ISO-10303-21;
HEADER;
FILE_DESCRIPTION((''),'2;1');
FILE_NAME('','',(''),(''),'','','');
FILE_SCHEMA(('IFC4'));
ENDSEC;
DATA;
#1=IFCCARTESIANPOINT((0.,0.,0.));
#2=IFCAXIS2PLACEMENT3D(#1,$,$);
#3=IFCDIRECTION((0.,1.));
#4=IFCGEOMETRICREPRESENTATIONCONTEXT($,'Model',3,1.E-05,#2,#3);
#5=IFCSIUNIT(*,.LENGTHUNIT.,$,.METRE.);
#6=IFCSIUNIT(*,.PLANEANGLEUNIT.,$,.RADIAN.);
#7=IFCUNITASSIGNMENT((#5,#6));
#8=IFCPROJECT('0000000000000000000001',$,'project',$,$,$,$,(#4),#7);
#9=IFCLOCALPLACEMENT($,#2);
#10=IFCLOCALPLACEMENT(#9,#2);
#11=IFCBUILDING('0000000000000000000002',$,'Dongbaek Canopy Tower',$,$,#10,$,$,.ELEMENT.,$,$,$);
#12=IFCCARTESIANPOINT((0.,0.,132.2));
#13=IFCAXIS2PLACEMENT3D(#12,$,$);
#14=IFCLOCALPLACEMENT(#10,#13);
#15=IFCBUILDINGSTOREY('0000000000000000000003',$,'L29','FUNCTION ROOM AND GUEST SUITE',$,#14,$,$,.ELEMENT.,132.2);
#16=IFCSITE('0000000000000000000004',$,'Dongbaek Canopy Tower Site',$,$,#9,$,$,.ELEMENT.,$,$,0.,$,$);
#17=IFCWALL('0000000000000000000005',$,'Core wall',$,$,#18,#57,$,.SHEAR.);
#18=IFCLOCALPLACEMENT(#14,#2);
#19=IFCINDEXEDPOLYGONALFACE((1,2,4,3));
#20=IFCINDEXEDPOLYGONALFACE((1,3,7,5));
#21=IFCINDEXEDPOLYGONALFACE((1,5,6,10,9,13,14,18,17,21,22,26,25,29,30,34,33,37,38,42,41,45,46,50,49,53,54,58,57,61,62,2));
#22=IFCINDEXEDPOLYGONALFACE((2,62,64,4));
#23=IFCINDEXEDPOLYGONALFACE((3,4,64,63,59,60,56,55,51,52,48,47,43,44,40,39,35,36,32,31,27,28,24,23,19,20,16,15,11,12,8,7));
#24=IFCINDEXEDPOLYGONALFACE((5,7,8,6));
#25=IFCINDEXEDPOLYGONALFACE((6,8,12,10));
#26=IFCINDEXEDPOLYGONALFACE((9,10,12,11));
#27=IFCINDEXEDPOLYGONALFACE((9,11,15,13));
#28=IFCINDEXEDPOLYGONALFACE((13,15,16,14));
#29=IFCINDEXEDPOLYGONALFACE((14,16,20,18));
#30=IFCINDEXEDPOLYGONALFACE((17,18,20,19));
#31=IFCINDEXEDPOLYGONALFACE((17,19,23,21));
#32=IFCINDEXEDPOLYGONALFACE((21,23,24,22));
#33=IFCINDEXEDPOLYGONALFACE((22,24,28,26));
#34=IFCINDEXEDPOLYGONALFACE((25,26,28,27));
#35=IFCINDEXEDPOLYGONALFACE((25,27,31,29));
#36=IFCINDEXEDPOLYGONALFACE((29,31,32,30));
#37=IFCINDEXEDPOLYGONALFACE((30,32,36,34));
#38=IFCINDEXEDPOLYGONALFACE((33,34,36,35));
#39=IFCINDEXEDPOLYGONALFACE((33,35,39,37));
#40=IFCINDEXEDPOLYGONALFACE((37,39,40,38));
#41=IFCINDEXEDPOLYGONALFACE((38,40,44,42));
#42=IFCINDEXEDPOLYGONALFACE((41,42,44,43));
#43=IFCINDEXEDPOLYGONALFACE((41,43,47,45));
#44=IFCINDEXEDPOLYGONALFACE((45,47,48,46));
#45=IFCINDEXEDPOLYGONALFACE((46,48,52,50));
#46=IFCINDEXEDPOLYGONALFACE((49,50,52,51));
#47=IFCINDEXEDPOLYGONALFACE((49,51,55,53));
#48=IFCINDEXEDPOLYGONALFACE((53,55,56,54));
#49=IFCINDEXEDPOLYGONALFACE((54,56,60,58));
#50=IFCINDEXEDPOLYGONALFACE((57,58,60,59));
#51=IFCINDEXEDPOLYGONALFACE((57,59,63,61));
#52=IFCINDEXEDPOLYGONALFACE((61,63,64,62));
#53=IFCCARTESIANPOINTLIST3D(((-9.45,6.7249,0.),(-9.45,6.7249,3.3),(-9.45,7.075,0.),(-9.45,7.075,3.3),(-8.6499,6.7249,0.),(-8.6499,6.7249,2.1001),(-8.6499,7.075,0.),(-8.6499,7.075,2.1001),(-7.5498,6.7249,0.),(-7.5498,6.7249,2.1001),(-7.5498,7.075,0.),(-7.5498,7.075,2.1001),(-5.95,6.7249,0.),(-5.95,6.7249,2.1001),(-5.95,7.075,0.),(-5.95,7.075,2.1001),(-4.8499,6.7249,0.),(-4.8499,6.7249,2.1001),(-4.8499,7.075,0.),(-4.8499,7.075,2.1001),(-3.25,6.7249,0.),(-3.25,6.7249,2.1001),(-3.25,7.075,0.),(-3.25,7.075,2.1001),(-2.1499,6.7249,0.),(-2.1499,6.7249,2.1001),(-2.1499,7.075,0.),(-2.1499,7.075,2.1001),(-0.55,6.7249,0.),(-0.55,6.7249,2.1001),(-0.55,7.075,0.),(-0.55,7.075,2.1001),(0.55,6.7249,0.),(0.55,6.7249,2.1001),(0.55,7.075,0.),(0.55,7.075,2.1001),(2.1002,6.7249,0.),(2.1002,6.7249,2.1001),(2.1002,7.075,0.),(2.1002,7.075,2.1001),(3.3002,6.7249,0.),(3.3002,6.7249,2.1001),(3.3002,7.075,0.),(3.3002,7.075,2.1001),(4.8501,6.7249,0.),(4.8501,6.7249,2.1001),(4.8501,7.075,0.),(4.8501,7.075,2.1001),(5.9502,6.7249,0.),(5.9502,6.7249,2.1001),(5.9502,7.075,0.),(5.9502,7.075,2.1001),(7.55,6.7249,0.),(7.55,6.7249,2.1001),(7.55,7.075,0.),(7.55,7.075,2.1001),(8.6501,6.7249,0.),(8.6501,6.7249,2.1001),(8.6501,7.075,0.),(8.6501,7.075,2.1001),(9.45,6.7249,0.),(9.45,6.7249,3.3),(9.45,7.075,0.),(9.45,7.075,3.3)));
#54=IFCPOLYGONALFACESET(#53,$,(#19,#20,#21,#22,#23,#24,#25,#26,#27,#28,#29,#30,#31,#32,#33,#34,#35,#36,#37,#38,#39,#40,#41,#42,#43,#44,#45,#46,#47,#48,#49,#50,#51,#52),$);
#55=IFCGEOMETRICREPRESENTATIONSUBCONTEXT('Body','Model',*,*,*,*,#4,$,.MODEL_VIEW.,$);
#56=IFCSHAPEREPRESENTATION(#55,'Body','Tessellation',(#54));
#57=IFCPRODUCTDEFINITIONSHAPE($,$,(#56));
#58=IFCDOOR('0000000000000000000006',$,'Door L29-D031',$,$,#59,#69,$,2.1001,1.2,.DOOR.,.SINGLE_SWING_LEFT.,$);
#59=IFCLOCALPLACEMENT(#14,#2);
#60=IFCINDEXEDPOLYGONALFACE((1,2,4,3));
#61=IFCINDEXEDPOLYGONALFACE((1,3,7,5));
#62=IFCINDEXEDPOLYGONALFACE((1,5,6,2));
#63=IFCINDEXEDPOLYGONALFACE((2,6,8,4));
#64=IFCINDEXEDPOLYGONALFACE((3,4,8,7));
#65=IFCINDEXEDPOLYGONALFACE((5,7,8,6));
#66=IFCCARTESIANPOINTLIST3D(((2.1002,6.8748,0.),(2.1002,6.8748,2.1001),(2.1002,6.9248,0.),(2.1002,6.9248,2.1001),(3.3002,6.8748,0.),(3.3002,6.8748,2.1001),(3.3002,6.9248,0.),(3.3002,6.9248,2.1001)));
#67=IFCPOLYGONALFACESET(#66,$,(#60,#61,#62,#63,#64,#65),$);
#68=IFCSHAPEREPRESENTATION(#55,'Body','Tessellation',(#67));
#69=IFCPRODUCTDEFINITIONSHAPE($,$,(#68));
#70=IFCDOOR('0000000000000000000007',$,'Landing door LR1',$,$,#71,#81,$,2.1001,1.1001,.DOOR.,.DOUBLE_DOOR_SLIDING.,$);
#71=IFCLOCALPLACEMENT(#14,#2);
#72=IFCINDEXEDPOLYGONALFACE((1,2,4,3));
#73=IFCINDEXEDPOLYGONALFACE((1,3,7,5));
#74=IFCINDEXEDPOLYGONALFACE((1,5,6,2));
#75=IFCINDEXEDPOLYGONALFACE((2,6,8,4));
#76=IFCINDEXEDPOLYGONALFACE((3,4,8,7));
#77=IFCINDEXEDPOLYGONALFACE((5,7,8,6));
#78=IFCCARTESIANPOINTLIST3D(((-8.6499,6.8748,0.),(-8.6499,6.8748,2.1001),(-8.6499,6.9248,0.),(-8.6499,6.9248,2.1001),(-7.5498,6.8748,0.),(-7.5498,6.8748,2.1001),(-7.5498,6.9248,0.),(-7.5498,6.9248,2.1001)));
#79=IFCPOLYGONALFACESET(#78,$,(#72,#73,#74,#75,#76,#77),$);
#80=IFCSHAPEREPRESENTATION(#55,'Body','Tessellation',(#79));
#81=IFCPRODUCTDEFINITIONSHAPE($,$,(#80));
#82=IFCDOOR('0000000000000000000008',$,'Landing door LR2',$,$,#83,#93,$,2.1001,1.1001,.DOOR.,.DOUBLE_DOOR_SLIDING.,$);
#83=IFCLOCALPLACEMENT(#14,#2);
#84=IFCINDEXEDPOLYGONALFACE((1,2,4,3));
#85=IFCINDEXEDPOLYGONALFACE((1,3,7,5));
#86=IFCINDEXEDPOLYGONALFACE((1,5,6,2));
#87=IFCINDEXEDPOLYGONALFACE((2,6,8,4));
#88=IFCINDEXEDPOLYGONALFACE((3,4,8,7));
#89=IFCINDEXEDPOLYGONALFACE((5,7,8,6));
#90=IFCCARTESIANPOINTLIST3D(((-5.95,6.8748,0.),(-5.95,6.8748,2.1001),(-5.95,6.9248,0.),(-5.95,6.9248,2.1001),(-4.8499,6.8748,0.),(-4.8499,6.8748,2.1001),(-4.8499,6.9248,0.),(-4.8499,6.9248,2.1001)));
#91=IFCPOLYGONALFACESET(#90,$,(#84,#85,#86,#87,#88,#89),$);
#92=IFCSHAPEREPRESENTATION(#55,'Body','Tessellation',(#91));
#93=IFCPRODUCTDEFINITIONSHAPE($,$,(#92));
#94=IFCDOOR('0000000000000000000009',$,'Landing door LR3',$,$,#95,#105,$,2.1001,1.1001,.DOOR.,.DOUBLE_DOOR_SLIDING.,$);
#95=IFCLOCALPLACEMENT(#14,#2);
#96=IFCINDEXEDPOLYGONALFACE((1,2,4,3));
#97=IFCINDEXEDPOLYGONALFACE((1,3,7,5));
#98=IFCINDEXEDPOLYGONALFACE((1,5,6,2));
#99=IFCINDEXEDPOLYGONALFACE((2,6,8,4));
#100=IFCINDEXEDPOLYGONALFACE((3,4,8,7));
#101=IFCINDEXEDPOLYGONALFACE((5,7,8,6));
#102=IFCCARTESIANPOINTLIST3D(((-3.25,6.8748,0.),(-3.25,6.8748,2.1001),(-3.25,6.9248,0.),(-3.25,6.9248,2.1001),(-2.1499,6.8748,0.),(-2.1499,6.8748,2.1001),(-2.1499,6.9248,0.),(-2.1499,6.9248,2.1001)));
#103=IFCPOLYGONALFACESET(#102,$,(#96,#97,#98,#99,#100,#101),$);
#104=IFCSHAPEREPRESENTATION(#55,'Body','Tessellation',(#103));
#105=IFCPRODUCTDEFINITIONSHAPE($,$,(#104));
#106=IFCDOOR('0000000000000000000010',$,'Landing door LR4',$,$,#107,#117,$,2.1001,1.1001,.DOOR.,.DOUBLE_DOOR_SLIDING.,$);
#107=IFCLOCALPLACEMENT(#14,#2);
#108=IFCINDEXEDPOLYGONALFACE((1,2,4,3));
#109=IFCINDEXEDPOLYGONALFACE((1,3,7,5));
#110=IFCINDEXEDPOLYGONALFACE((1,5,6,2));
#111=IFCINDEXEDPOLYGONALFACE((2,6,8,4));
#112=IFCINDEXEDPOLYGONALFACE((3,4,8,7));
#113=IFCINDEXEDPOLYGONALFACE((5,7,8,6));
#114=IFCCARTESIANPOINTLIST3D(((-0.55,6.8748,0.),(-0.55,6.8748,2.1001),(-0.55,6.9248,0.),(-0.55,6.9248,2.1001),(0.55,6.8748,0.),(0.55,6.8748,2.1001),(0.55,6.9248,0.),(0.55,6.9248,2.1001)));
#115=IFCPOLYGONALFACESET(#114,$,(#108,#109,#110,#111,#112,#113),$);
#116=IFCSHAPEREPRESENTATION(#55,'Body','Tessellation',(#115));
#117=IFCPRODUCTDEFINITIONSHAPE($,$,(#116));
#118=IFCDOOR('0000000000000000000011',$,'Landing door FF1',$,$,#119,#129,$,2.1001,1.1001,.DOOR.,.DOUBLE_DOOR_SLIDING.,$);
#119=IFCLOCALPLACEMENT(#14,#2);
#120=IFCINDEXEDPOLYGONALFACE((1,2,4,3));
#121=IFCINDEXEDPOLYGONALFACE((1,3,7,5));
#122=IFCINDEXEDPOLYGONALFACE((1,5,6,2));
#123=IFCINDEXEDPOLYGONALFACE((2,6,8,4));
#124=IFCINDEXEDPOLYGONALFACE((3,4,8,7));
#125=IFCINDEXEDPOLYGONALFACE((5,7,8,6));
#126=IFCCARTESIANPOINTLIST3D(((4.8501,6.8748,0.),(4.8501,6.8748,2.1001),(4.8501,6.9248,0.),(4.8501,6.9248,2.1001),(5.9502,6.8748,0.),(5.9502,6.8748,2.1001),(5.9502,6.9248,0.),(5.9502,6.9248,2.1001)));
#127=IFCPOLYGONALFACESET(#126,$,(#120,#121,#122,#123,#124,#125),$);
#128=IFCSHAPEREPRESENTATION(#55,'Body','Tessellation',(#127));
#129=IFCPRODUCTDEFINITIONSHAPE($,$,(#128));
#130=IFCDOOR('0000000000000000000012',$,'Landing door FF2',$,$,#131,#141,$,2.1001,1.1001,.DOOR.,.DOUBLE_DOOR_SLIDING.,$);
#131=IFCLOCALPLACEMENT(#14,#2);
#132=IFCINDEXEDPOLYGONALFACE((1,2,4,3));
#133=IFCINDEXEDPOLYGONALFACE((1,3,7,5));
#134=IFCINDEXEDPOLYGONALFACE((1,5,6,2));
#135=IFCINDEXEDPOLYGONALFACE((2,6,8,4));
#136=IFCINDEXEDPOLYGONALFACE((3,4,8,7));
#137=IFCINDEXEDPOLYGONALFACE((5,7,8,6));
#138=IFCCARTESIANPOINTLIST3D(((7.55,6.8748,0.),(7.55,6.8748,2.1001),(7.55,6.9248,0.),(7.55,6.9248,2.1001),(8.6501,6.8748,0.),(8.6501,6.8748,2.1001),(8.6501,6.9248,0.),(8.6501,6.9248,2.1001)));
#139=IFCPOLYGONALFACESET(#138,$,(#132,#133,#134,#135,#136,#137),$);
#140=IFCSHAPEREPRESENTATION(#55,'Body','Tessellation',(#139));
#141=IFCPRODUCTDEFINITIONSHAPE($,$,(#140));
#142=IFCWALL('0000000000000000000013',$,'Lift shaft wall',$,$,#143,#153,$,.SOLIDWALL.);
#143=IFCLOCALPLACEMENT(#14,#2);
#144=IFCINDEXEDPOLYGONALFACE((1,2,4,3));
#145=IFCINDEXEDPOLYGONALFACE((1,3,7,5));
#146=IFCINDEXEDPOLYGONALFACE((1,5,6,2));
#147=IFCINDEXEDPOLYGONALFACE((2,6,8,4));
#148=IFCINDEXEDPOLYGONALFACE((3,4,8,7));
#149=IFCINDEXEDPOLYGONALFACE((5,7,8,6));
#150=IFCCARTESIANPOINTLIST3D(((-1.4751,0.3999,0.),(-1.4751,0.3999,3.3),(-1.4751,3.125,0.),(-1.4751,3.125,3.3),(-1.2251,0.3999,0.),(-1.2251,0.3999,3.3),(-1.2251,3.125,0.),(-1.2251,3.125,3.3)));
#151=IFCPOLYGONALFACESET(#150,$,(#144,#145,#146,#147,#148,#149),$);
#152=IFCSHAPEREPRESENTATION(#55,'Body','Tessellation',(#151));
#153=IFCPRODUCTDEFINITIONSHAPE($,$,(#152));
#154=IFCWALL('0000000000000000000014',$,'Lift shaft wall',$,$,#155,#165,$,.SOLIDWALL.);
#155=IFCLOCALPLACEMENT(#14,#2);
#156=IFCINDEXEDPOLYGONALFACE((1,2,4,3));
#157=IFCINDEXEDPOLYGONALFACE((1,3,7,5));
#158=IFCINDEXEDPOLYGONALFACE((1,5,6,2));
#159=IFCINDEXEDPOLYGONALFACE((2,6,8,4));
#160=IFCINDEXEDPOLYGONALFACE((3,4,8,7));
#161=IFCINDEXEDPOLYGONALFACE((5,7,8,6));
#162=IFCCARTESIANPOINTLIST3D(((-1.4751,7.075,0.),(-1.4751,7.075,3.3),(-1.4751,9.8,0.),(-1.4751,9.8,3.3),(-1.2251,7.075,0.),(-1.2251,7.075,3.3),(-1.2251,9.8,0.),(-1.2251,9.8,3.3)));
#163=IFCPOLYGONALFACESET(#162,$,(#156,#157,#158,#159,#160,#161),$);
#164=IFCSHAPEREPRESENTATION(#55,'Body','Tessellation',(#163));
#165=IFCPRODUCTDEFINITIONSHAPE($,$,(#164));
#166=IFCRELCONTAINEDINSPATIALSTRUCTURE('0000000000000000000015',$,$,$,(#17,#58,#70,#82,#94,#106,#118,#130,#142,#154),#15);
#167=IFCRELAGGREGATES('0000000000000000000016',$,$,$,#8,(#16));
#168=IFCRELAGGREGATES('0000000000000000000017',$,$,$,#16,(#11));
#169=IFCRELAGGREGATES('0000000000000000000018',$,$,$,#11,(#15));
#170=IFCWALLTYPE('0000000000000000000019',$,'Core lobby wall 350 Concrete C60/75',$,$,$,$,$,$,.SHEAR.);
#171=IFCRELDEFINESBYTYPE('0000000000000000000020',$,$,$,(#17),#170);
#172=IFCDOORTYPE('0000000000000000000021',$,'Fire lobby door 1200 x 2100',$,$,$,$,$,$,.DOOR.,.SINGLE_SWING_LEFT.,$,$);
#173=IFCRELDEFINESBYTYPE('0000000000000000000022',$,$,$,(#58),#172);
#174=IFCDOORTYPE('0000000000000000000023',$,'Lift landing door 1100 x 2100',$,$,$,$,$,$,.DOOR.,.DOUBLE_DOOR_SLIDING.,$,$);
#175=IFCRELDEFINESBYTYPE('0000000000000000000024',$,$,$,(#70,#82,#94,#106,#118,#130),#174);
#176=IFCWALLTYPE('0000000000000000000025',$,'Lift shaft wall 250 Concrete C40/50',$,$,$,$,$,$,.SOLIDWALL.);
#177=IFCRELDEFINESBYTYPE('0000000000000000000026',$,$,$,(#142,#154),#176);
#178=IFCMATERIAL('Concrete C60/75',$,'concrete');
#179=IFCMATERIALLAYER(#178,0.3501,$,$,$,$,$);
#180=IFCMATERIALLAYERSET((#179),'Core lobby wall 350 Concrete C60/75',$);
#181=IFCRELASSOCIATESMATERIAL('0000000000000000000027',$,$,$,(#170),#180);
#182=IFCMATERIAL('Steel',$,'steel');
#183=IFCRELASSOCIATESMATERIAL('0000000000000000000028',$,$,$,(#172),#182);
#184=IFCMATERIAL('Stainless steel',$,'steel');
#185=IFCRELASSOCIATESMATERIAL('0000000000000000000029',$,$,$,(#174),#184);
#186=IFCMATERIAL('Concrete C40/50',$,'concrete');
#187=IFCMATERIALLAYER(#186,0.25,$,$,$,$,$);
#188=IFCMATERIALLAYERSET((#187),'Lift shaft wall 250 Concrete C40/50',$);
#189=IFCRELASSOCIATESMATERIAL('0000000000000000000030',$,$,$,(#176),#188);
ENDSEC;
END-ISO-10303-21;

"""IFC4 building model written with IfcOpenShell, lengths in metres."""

from ifc_helpers import new_model, si_unit, direction, frame, frame_2d, origin, place, context, subcontext, project, spatial, rectangle, extrude, material, layer, layer_set, type_object, element, fill, save


model = new_model("IFC4")

# Units and contexts
model_context = context("Model", 3, precision=1e-05, world=origin(), true_north=direction((0.0, 1.0)))
body_context = subcontext(model_context, "Body", "Model", "MODEL_VIEW")
ifc_project = project(units=[si_unit("LENGTHUNIT", "METRE"), si_unit("PLANEANGLEUNIT", "RADIAN")], contexts=[model_context])

# Site, building, storey
site_placement = place(None, origin())
site = spatial("IfcSite", under=ifc_project, at=site_placement, Name="Dongbaek Canopy Tower Site", CompositionType="ELEMENT", RefElevation=0.0)
building_placement = place(site_placement, origin())
building = spatial("IfcBuilding", under=site, at=building_placement, Name="Dongbaek Canopy Tower", CompositionType="ELEMENT")
storey_placement = place(building_placement, frame((0.0, 0.0, 132.2)))
storey = spatial("IfcBuildingStorey", under=building, at=storey_placement, Name="L29", Description="FUNCTION ROOM AND GUEST SUITE", CompositionType="ELEMENT", Elevation=132.2)

# Wall, openings, doors
ifc_material_1 = material(Name="Concrete C60/75", Category="concrete")
ifc_layer_1 = layer(ifc_material_1, 0.3501)
ifc_layer_set_1 = layer_set([ifc_layer_1], Name="Core lobby wall 350 Concrete C60/75")
wall_type_1 = type_object("IfcWallType", Name="Core lobby wall 350 Concrete C60/75", PredefinedType="SHEAR", material=ifc_layer_set_1)
wall_1_placement = place(storey_placement, frame((-9.45, 6.8999, 0.0), z_axis=(0.0, 0.0, 1.0), x_axis=(1.0, 0.0, 0.0)))
wall_1 = element("IfcWall", 1, at=wall_1_placement, inside=storey, type_object=wall_type_1, Name="Core wall", PredefinedType="SHEAR", context=body_context, shape_type="SweptSolid", body=[
    extrude(rectangle(XDim=18.8999, YDim=0.3501, at=frame_2d((9.45, 0.0))), origin(), (0.0, 0.0, 1.0), 3.3),
])
opening_1_placement = place(wall_1_placement, frame((0.8, 0.0, 0.0)))
opening_1 = element("IfcOpeningElement", 2, at=opening_1_placement, cuts=wall_1, PredefinedType="OPENING", context=body_context, shape_type="SweptSolid", body=[
    extrude(rectangle(XDim=1.1001, YDim=2.1001, at=frame_2d((0.55, 1.05))), frame((0.0, 0.1851, 0.0), z_axis=(0.0, -1.0, 0.0), x_axis=(1.0, 0.0, 0.0)), (0.0, 0.0, 1.0), 0.3701),
])
opening_2_placement = place(wall_1_placement, frame((3.5, 0.0, 0.0)))
opening_2 = element("IfcOpeningElement", 3, at=opening_2_placement, cuts=wall_1, PredefinedType="OPENING", context=body_context, shape_type="SweptSolid", body=[
    extrude(rectangle(XDim=1.1001, YDim=2.1001, at=frame_2d((0.55, 1.05))), frame((0.0, 0.1851, 0.0), z_axis=(0.0, -1.0, 0.0), x_axis=(1.0, 0.0, 0.0)), (0.0, 0.0, 1.0), 0.3701),
])
opening_3_placement = place(wall_1_placement, frame((6.2, 0.0, 0.0)))
opening_3 = element("IfcOpeningElement", 4, at=opening_3_placement, cuts=wall_1, PredefinedType="OPENING", context=body_context, shape_type="SweptSolid", body=[
    extrude(rectangle(XDim=1.1001, YDim=2.1001, at=frame_2d((0.55, 1.05))), frame((0.0, 0.1851, 0.0), z_axis=(0.0, -1.0, 0.0), x_axis=(1.0, 0.0, 0.0)), (0.0, 0.0, 1.0), 0.3701),
])
opening_4_placement = place(wall_1_placement, frame((8.8999, 0.0, 0.0)))
opening_4 = element("IfcOpeningElement", 5, at=opening_4_placement, cuts=wall_1, PredefinedType="OPENING", context=body_context, shape_type="SweptSolid", body=[
    extrude(rectangle(XDim=1.1001, YDim=2.1001, at=frame_2d((0.55, 1.05))), frame((0.0, 0.1851, 0.0), z_axis=(0.0, -1.0, 0.0), x_axis=(1.0, 0.0, 0.0)), (0.0, 0.0, 1.0), 0.3701),
])
opening_5_placement = place(wall_1_placement, frame((11.55, 0.0, 0.0)))
opening_5 = element("IfcOpeningElement", 6, at=opening_5_placement, cuts=wall_1, PredefinedType="OPENING", context=body_context, shape_type="SweptSolid", body=[
    extrude(rectangle(XDim=1.2, YDim=2.1001, at=frame_2d((0.6001, 1.05))), frame((0.0, 0.1851, 0.0), z_axis=(0.0, -1.0, 0.0), x_axis=(1.0, 0.0, 0.0)), (0.0, 0.0, 1.0), 0.3701),
])
opening_6_placement = place(wall_1_placement, frame((14.3, 0.0, 0.0)))
opening_6 = element("IfcOpeningElement", 7, at=opening_6_placement, cuts=wall_1, PredefinedType="OPENING", context=body_context, shape_type="SweptSolid", body=[
    extrude(rectangle(XDim=1.1001, YDim=2.1001, at=frame_2d((0.55, 1.05))), frame((0.0, 0.1851, 0.0), z_axis=(0.0, -1.0, 0.0), x_axis=(1.0, 0.0, 0.0)), (0.0, 0.0, 1.0), 0.3701),
])
opening_7_placement = place(wall_1_placement, frame((17.0, 0.0, 0.0)))
opening_7 = element("IfcOpeningElement", 8, at=opening_7_placement, cuts=wall_1, PredefinedType="OPENING", context=body_context, shape_type="SweptSolid", body=[
    extrude(rectangle(XDim=1.1001, YDim=2.1001, at=frame_2d((0.55, 1.05))), frame((0.0, 0.1851, 0.0), z_axis=(0.0, -1.0, 0.0), x_axis=(1.0, 0.0, 0.0)), (0.0, 0.0, 1.0), 0.3701),
])
ifc_material_2 = material(Name="Steel", Category="steel")
door_type_1 = type_object("IfcDoorType", Name="Fire lobby door 1200 x 2100", OperationType="SINGLE_SWING_LEFT", PredefinedType="DOOR", material=ifc_material_2)
door_1_placement = place(opening_5_placement, origin())
door_1 = element("IfcDoor", 9, at=door_1_placement, inside=storey, type_object=door_type_1, Name="Door L29-D031", OperationType="SINGLE_SWING_LEFT", OverallHeight=2.1001, OverallWidth=1.2, PredefinedType="DOOR", context=body_context, shape_type="SweptSolid", body=[
    extrude(rectangle(XDim=1.2, YDim=2.1001, at=frame_2d((0.6001, 1.05))), frame((0.0, 0.0249, 0.0), z_axis=(0.0, -1.0, 0.0), x_axis=(1.0, 0.0, 0.0)), (0.0, 0.0, 1.0), 0.05),
])
fill(opening_5, door_1)
ifc_material_3 = material(Name="Stainless steel", Category="steel")
door_type_2 = type_object("IfcDoorType", Name="Lift landing door 1100 x 2100", OperationType="DOUBLE_DOOR_SLIDING", PredefinedType="DOOR", material=ifc_material_3)
door_2_placement = place(opening_1_placement, origin())
door_2 = element("IfcDoor", 10, at=door_2_placement, inside=storey, type_object=door_type_2, Name="Landing door LR1", OperationType="DOUBLE_DOOR_SLIDING", OverallHeight=2.1001, OverallWidth=1.1001, PredefinedType="DOOR", context=body_context, shape_type="SweptSolid", body=[
    extrude(rectangle(XDim=1.1001, YDim=2.1001, at=frame_2d((0.55, 1.05))), frame((0.0, 0.0249, 0.0), z_axis=(0.0, -1.0, 0.0), x_axis=(1.0, 0.0, 0.0)), (0.0, 0.0, 1.0), 0.05),
])
fill(opening_1, door_2)
door_3_placement = place(opening_2_placement, origin())
door_3 = element("IfcDoor", 11, at=door_3_placement, inside=storey, type_object=door_type_2, Name="Landing door LR2", OperationType="DOUBLE_DOOR_SLIDING", OverallHeight=2.1001, OverallWidth=1.1001, PredefinedType="DOOR", context=body_context, shape_type="SweptSolid", body=[
    extrude(rectangle(XDim=1.1001, YDim=2.1001, at=frame_2d((0.55, 1.05))), frame((0.0, 0.0249, 0.0), z_axis=(0.0, -1.0, 0.0), x_axis=(1.0, 0.0, 0.0)), (0.0, 0.0, 1.0), 0.05),
])
fill(opening_2, door_3)
door_4_placement = place(opening_3_placement, origin())
door_4 = element("IfcDoor", 12, at=door_4_placement, inside=storey, type_object=door_type_2, Name="Landing door LR3", OperationType="DOUBLE_DOOR_SLIDING", OverallHeight=2.1001, OverallWidth=1.1001, PredefinedType="DOOR", context=body_context, shape_type="SweptSolid", body=[
    extrude(rectangle(XDim=1.1001, YDim=2.1001, at=frame_2d((0.55, 1.05))), frame((0.0, 0.0249, 0.0), z_axis=(0.0, -1.0, 0.0), x_axis=(1.0, 0.0, 0.0)), (0.0, 0.0, 1.0), 0.05),
])
fill(opening_3, door_4)
door_5_placement = place(opening_4_placement, origin())
door_5 = element("IfcDoor", 13, at=door_5_placement, inside=storey, type_object=door_type_2, Name="Landing door LR4", OperationType="DOUBLE_DOOR_SLIDING", OverallHeight=2.1001, OverallWidth=1.1001, PredefinedType="DOOR", context=body_context, shape_type="SweptSolid", body=[
    extrude(rectangle(XDim=1.1001, YDim=2.1001, at=frame_2d((0.55, 1.05))), frame((0.0, 0.0249, 0.0), z_axis=(0.0, -1.0, 0.0), x_axis=(1.0, 0.0, 0.0)), (0.0, 0.0, 1.0), 0.05),
])
fill(opening_4, door_5)
door_6_placement = place(opening_6_placement, origin())
door_6 = element("IfcDoor", 14, at=door_6_placement, inside=storey, type_object=door_type_2, Name="Landing door FF1", OperationType="DOUBLE_DOOR_SLIDING", OverallHeight=2.1001, OverallWidth=1.1001, PredefinedType="DOOR", context=body_context, shape_type="SweptSolid", body=[
    extrude(rectangle(XDim=1.1001, YDim=2.1001, at=frame_2d((0.55, 1.05))), frame((0.0, 0.0249, 0.0), z_axis=(0.0, -1.0, 0.0), x_axis=(1.0, 0.0, 0.0)), (0.0, 0.0, 1.0), 0.05),
])
fill(opening_6, door_6)
door_7_placement = place(opening_7_placement, origin())
door_7 = element("IfcDoor", 15, at=door_7_placement, inside=storey, type_object=door_type_2, Name="Landing door FF2", OperationType="DOUBLE_DOOR_SLIDING", OverallHeight=2.1001, OverallWidth=1.1001, PredefinedType="DOOR", context=body_context, shape_type="SweptSolid", body=[
    extrude(rectangle(XDim=1.1001, YDim=2.1001, at=frame_2d((0.55, 1.05))), frame((0.0, 0.0249, 0.0), z_axis=(0.0, -1.0, 0.0), x_axis=(1.0, 0.0, 0.0)), (0.0, 0.0, 1.0), 0.05),
])
fill(opening_7, door_7)

# Walls
ifc_material_4 = material(Name="Concrete C40/50", Category="concrete")
ifc_layer_2 = layer(ifc_material_4, 0.25)
ifc_layer_set_2 = layer_set([ifc_layer_2], Name="Lift shaft wall 250 Concrete C40/50")
wall_type_2 = type_object("IfcWallType", Name="Lift shaft wall 250 Concrete C40/50", PredefinedType="SOLIDWALL", material=ifc_layer_set_2)
for number, where, z_axis, x_axis, name in (
    (16, (-1.3501, 0.3999, 0.0), (0.0, 0.0, 1.0), (0.0, 1.0, 0.0), "Lift shaft wall"),
    (17, (-1.3501, 7.075, 0.0), (0.0, 0.0, 1.0), (0.0, 1.0, 0.0), "Lift shaft wall"),
):
    element("IfcWall", number, at=place(storey_placement, frame(where, z_axis=z_axis, x_axis=x_axis)), inside=storey, type_object=wall_type_2, Name=name, PredefinedType="SOLIDWALL", context=body_context, shape_type="SweptSolid", body=[
        extrude(rectangle(XDim=2.7251, YDim=0.25, at=frame_2d((1.3625, 0.0))), origin(), (0.0, 0.0, 1.0), 3.3),
    ])

save(model, "model.ifc")
